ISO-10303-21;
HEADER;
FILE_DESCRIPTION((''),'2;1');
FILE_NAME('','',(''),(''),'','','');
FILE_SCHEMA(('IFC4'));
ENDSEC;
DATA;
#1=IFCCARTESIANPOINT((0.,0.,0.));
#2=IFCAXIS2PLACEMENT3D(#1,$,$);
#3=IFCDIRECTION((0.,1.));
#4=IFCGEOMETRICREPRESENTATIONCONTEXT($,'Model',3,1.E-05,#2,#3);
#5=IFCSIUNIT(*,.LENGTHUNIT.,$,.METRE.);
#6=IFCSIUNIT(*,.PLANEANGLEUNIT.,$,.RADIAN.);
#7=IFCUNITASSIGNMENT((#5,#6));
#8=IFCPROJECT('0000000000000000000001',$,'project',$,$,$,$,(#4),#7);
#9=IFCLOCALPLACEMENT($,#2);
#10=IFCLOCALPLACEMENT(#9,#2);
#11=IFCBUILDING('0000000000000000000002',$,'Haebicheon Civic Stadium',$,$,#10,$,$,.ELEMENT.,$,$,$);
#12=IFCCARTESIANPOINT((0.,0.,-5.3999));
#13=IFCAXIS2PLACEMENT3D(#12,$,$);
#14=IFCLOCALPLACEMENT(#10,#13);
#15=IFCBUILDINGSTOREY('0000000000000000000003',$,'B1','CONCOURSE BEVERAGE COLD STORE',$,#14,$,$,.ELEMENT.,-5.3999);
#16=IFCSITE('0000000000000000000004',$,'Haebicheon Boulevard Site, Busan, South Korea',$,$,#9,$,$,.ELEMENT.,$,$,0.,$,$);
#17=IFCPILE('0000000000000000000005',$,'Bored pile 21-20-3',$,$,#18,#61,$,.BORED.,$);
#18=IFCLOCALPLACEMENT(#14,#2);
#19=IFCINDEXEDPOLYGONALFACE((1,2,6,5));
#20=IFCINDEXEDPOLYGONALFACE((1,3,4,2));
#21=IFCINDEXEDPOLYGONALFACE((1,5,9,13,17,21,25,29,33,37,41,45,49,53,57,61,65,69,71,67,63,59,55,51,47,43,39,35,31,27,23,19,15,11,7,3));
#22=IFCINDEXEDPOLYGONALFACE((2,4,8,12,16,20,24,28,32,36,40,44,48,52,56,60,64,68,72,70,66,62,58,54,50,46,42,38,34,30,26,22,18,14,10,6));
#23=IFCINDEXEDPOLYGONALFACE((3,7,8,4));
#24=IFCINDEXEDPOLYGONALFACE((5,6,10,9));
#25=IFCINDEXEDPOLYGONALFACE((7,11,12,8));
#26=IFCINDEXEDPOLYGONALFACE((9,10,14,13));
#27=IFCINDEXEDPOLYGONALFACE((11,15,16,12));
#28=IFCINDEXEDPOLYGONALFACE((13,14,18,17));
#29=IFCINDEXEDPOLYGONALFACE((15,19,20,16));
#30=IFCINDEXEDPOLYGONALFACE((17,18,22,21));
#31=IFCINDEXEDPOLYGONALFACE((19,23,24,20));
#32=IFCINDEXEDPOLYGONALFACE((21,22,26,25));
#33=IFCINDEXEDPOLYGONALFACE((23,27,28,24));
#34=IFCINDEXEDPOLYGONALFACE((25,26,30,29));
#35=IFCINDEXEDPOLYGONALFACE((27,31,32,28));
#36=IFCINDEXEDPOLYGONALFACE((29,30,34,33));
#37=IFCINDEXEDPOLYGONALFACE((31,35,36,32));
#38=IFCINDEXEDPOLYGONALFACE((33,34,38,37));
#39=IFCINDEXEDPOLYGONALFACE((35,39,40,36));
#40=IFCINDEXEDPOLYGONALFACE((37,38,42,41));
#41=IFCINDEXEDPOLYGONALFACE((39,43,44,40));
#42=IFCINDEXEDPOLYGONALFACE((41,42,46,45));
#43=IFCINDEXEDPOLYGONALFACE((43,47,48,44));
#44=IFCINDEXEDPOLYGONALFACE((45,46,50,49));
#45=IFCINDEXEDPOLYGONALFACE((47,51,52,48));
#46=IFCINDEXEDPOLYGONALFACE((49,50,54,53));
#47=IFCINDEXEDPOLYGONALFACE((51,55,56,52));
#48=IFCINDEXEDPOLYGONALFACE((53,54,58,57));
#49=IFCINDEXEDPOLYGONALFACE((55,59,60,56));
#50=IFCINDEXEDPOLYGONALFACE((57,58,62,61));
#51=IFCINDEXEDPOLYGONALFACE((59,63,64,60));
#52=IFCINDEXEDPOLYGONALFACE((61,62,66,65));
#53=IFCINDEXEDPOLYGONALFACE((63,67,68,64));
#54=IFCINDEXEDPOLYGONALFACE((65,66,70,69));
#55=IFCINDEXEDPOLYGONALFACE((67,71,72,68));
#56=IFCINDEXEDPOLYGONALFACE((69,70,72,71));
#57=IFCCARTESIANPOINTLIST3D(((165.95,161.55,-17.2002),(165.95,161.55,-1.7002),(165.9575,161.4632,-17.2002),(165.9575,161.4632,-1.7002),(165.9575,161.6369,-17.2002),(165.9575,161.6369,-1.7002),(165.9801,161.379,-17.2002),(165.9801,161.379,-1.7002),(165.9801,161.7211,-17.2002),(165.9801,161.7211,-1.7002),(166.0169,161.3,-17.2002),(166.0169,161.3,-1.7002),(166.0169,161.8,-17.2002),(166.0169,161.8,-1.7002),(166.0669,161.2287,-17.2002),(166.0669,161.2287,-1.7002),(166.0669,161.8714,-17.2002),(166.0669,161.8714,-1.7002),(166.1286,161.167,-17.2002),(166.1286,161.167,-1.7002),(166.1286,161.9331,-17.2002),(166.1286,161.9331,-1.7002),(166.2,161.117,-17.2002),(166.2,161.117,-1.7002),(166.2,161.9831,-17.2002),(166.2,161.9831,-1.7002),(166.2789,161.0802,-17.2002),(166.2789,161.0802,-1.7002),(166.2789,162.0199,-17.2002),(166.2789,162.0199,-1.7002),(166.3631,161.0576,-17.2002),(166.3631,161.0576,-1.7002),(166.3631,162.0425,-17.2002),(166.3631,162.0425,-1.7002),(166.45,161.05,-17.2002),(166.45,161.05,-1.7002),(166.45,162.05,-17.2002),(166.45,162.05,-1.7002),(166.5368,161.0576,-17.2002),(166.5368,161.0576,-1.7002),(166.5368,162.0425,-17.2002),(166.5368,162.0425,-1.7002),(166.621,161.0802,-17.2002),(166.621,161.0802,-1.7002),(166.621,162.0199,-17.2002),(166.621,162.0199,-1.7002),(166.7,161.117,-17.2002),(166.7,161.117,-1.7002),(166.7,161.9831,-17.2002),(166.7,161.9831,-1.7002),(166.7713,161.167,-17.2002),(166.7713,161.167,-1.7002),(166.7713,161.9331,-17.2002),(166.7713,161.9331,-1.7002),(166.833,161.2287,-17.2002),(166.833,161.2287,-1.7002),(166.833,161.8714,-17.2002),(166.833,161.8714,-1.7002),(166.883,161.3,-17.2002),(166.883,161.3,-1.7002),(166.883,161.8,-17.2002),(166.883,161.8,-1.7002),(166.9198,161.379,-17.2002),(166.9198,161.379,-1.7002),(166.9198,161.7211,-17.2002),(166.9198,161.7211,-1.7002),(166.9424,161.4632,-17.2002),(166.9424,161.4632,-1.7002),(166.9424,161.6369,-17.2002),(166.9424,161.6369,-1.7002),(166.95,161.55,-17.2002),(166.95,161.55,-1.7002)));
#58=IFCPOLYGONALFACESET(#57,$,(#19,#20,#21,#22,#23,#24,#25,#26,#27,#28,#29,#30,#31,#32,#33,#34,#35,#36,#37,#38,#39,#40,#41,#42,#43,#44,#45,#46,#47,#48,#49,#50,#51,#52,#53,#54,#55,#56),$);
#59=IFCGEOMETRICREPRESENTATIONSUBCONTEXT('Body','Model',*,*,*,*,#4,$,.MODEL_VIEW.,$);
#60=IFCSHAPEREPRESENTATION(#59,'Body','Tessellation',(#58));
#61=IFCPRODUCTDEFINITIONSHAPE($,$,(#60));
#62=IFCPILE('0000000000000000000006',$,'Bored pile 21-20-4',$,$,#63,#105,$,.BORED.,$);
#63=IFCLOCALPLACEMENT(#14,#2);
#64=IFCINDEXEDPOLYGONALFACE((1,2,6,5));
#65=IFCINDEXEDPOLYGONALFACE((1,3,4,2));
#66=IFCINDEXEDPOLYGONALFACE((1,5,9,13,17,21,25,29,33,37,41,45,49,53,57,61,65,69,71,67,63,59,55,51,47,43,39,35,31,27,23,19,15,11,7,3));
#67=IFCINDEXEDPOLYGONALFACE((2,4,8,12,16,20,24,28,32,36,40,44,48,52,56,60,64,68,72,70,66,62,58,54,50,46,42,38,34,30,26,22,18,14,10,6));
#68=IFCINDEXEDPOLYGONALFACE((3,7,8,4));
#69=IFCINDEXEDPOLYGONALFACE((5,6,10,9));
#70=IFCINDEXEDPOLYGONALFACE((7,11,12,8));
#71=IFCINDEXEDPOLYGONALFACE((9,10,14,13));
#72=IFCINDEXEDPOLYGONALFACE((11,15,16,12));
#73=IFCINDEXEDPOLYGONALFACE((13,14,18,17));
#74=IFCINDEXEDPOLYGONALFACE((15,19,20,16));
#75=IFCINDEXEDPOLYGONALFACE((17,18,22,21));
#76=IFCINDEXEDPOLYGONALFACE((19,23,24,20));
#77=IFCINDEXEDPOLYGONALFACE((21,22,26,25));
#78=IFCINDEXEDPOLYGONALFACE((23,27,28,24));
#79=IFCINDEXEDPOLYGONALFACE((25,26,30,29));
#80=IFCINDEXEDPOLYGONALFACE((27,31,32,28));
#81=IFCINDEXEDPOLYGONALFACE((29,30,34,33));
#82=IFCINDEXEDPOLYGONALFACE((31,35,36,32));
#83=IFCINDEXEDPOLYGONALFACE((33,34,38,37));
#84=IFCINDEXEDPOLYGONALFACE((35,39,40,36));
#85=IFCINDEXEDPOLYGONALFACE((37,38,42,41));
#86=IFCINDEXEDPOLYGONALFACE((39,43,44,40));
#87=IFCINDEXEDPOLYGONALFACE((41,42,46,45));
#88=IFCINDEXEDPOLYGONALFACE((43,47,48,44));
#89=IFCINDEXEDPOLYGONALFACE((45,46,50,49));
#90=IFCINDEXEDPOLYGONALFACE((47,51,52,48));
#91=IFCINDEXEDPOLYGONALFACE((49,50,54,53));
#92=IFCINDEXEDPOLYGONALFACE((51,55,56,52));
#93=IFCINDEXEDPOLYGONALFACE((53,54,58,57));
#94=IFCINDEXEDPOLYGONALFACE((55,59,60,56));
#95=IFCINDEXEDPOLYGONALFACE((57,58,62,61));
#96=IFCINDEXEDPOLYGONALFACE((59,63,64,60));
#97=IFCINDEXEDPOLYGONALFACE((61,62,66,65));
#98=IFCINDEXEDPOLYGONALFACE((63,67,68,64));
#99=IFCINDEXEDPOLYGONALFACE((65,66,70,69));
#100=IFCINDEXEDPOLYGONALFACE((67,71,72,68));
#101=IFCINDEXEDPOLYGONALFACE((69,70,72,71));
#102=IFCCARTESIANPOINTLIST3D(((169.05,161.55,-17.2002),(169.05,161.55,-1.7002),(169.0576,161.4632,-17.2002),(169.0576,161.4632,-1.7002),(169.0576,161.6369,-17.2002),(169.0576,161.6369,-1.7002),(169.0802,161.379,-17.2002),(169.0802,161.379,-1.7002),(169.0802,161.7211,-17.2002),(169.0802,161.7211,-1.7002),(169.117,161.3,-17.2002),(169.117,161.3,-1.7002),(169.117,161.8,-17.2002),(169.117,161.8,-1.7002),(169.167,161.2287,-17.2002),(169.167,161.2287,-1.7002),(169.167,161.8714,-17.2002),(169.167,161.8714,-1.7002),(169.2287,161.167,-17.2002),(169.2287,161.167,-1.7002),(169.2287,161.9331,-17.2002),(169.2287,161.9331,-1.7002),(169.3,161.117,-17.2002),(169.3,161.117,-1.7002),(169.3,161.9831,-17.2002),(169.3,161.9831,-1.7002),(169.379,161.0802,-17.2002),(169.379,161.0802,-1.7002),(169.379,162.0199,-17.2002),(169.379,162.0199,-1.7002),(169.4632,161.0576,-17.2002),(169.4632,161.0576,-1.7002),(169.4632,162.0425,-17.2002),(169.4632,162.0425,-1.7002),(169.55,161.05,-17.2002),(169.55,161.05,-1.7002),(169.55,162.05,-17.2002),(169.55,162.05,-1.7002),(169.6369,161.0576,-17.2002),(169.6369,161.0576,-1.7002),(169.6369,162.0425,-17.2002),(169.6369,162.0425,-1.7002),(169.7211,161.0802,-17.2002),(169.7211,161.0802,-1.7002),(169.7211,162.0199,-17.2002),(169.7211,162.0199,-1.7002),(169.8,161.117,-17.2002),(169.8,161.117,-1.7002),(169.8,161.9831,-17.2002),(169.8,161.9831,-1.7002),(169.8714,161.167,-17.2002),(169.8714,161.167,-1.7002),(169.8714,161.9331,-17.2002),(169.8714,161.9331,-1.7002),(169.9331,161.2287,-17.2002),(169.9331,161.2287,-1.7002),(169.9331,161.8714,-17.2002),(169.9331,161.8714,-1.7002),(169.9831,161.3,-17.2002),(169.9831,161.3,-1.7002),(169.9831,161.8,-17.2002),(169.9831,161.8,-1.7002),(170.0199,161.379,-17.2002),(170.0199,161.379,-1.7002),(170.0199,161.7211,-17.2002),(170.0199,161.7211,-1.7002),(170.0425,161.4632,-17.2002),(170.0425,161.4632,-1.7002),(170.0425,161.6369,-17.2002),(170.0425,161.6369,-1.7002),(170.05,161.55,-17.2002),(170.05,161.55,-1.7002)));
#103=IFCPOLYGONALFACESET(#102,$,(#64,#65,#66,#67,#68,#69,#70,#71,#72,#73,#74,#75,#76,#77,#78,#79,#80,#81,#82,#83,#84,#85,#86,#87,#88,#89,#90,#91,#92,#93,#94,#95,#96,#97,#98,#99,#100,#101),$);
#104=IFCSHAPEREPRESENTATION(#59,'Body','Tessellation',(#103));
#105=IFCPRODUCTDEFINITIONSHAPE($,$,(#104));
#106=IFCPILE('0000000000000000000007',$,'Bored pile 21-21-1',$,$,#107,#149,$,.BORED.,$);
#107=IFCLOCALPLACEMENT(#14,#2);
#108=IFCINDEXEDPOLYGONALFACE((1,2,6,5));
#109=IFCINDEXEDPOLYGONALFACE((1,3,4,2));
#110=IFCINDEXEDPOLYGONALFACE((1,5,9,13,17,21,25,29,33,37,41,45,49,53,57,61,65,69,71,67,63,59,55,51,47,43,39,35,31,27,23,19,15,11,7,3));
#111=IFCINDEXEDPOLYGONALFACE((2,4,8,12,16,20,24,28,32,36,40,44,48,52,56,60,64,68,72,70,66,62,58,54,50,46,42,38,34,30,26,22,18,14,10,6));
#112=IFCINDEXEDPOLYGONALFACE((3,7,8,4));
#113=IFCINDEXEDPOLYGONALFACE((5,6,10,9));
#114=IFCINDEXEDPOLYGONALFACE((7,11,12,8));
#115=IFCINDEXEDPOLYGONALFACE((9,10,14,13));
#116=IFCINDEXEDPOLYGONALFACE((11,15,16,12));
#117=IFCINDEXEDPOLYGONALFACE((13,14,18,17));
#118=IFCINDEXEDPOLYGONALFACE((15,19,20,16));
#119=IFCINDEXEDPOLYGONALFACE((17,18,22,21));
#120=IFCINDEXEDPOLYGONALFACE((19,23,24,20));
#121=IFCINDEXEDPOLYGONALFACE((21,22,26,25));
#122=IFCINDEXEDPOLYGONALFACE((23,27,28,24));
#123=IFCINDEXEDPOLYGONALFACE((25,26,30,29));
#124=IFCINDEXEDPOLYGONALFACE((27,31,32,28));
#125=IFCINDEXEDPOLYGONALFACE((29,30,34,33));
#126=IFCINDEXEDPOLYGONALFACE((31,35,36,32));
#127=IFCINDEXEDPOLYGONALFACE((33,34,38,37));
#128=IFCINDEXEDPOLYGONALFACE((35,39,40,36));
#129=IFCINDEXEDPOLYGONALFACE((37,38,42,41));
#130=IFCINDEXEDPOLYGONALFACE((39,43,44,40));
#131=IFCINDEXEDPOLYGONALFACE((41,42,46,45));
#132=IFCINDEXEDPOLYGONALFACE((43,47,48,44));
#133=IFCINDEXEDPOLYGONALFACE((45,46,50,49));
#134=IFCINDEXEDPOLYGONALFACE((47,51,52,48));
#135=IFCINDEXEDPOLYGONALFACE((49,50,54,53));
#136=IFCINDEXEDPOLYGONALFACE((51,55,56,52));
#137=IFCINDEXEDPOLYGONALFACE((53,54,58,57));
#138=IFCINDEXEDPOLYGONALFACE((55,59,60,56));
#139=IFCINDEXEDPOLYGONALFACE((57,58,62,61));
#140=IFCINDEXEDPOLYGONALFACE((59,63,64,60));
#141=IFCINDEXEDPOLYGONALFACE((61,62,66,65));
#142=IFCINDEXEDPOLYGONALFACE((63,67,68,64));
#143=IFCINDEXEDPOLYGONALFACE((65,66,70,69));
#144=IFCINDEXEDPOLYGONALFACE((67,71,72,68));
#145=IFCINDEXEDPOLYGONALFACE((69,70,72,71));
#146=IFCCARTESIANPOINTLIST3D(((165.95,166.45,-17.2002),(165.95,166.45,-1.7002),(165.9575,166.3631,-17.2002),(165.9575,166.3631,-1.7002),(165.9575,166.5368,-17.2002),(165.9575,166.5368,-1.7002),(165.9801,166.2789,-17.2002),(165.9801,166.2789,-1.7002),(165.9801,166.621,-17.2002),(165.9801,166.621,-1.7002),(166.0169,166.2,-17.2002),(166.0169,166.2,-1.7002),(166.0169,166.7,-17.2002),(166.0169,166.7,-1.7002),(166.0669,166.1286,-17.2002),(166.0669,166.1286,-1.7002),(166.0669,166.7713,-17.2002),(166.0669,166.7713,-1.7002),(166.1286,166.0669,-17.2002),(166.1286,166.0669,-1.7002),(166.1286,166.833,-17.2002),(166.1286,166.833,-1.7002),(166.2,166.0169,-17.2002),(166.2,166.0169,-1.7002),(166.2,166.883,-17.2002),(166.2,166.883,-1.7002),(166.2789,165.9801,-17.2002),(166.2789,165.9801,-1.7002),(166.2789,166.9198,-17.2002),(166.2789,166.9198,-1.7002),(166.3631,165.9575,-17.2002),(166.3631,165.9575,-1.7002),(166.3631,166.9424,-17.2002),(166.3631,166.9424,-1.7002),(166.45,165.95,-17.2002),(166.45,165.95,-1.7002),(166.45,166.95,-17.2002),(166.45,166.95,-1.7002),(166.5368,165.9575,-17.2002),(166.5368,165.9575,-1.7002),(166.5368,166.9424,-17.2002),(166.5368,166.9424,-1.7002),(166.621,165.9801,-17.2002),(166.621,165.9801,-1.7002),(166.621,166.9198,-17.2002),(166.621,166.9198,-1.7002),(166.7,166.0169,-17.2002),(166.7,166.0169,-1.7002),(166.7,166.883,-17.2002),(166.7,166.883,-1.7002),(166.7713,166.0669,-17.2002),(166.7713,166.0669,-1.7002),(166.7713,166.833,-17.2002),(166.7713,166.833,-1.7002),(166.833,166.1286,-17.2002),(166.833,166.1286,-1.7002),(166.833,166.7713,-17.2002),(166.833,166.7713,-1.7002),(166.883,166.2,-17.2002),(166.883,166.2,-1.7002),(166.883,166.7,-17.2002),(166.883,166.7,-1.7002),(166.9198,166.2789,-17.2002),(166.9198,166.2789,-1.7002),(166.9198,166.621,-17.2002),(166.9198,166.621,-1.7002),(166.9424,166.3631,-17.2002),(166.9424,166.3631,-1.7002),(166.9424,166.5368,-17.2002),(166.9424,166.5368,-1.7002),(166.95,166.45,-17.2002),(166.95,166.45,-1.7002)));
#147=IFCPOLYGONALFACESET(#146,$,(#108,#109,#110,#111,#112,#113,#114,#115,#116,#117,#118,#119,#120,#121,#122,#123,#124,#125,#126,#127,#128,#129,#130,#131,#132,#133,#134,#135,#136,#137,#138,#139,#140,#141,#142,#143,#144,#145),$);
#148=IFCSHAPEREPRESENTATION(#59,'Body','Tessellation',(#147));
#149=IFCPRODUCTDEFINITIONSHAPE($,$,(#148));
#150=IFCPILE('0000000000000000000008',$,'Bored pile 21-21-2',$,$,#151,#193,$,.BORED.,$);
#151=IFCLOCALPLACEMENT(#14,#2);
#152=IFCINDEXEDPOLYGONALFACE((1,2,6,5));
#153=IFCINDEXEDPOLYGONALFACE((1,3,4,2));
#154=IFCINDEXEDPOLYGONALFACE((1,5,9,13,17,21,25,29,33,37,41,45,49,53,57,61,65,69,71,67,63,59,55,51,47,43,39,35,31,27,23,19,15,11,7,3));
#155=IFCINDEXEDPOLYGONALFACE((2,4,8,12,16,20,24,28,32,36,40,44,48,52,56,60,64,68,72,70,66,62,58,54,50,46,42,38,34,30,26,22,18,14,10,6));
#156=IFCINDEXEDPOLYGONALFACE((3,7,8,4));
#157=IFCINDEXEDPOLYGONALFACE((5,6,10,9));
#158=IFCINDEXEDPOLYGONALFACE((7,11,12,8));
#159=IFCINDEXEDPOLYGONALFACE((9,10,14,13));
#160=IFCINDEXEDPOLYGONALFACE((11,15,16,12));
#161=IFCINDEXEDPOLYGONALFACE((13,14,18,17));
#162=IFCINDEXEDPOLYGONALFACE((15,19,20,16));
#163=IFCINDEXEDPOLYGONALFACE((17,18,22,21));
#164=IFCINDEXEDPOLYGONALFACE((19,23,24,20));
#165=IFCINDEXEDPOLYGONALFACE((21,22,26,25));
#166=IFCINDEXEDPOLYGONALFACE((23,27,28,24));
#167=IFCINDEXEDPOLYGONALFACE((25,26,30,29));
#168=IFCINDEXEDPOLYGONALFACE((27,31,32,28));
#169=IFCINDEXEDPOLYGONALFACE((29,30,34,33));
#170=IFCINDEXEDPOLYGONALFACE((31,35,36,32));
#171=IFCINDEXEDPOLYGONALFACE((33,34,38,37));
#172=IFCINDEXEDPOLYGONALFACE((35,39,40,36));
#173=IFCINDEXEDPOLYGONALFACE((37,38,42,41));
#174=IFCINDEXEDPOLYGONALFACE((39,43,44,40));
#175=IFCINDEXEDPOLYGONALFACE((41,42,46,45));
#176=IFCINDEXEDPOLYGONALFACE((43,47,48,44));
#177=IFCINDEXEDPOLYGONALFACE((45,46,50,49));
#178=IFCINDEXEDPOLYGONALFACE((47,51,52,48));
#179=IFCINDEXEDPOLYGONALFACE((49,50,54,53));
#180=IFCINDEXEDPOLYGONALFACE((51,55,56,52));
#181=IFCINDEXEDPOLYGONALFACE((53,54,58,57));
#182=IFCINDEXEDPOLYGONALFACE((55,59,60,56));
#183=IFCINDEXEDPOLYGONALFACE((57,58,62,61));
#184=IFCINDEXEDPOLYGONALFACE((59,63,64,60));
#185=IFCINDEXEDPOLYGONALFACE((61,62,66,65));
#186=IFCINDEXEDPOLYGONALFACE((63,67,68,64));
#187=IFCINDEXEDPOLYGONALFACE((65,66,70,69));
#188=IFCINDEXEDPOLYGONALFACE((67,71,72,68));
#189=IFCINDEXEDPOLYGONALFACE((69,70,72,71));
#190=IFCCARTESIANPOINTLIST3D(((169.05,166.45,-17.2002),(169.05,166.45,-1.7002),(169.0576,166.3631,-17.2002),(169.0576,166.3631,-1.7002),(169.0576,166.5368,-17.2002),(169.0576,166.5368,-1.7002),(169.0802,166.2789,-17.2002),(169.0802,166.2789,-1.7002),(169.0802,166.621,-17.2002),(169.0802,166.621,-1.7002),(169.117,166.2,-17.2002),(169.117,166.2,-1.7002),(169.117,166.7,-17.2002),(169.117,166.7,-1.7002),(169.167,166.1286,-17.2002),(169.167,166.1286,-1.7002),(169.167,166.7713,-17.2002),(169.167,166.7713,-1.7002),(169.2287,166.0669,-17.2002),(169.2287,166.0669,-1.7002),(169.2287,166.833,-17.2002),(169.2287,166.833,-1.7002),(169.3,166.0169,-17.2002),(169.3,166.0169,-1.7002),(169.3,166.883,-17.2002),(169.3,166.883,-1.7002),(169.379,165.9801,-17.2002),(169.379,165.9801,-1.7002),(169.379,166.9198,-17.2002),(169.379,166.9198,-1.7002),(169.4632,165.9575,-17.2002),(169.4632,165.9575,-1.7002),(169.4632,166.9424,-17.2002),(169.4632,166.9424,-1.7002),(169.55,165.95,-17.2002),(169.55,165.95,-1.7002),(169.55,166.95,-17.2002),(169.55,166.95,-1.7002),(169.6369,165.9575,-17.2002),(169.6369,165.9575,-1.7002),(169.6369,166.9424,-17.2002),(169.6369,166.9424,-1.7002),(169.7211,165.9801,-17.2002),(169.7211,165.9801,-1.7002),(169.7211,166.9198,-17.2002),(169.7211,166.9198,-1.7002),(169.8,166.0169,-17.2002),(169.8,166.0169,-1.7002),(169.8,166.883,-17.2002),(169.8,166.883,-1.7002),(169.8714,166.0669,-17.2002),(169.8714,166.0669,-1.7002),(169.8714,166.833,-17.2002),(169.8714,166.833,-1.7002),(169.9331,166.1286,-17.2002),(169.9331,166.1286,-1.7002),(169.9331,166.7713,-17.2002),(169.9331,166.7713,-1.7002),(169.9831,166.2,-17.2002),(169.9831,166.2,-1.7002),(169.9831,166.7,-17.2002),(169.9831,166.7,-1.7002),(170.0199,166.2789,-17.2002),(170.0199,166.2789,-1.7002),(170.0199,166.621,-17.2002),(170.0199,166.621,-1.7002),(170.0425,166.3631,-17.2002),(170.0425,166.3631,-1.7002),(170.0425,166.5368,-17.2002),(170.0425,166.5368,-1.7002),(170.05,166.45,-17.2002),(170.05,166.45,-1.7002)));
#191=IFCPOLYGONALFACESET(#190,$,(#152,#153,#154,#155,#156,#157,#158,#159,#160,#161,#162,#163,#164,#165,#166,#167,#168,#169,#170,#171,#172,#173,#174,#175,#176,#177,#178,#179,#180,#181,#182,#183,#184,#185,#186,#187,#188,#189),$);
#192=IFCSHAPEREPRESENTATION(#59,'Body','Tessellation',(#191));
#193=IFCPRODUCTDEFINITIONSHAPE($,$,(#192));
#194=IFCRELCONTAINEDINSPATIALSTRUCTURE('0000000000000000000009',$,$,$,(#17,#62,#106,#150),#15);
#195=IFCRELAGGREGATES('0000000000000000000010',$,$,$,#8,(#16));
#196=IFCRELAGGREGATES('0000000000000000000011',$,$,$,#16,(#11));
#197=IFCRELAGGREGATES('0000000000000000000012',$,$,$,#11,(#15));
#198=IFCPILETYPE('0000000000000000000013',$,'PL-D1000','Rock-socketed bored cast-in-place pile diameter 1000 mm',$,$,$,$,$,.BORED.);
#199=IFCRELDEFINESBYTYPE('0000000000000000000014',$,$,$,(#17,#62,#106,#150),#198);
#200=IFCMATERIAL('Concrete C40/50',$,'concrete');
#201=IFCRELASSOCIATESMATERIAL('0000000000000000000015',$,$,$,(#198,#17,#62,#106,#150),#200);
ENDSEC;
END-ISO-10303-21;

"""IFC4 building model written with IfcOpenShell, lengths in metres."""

from ifc_helpers import new_model, si_unit, direction, frame, origin, origin_2d, place, context, subcontext, project, spatial, circle, extrude, material, material_profile, profile_set, type_object, element, save


model = new_model("IFC4")

# Units and contexts
model_context = context("Model", 3, precision=1e-05, world=origin(), true_north=direction((0.0, 1.0)))
body_context = subcontext(model_context, "Body", "Model", "MODEL_VIEW")
ifc_project = project(units=[si_unit("LENGTHUNIT", "METRE"), si_unit("PLANEANGLEUNIT", "RADIAN")], contexts=[model_context])

# Site, building, storey
site_placement = place(None, origin())
site = spatial("IfcSite", under=ifc_project, at=site_placement, Name="Haebicheon Boulevard Site, Busan, South Korea", CompositionType="ELEMENT", RefElevation=0.0)
building_placement = place(site_placement, origin())
building = spatial("IfcBuilding", under=site, at=building_placement, Name="Haebicheon Civic Stadium", CompositionType="ELEMENT")
storey_placement = place(building_placement, frame((0.0, 0.0, -5.3999)))
storey = spatial("IfcBuildingStorey", under=building, at=storey_placement, Name="B1", Description="CONCOURSE BEVERAGE COLD STORE", CompositionType="ELEMENT", Elevation=-5.3999)

# Piles
ifc_material_1 = material(Name="Concrete C40/50", Category="concrete")
ifc_material_profile_1 = material_profile(ifc_material_1, circle(Radius=0.5, at=origin_2d()), Name="PILE-D1000")
ifc_profile_set_1 = profile_set([ifc_material_profile_1], Name="Concrete C40/50")
pile_type = type_object("IfcPileType", Name="PL-D1000", Description="Rock-socketed bored cast-in-place pile diameter 1000 mm", PredefinedType="BORED", material=ifc_profile_set_1)
for number, where, z_axis, x_axis, name in (
    (1, (166.45, 161.55, -1.7002), (0.0, 0.0, -1.0), (1.0, 0.0, 0.0), "Bored pile 21-20-3"),
    (2, (169.55, 161.55, -1.7002), (0.0, 0.0, -1.0), (1.0, 0.0, 0.0), "Bored pile 21-20-4"),
    (3, (166.45, 166.45, -1.7002), (0.0, 0.0, -1.0), (1.0, 0.0, 0.0), "Bored pile 21-21-1"),
    (4, (169.55, 166.45, -1.7002), (0.0, 0.0, -1.0), (1.0, 0.0, 0.0), "Bored pile 21-21-2"),
):
    element("IfcPile", number, at=place(storey_placement, frame(where, z_axis=z_axis, x_axis=x_axis)), inside=storey, type_object=pile_type, material=ifc_profile_set_1, Name=name, PredefinedType="BORED", context=body_context, shape_type="SweptSolid", body=[
        extrude(circle(Radius=0.5, at=origin_2d()), origin(), (0.0, 0.0, 1.0), 15.5),
    ])

save(model, "model.ifc")
